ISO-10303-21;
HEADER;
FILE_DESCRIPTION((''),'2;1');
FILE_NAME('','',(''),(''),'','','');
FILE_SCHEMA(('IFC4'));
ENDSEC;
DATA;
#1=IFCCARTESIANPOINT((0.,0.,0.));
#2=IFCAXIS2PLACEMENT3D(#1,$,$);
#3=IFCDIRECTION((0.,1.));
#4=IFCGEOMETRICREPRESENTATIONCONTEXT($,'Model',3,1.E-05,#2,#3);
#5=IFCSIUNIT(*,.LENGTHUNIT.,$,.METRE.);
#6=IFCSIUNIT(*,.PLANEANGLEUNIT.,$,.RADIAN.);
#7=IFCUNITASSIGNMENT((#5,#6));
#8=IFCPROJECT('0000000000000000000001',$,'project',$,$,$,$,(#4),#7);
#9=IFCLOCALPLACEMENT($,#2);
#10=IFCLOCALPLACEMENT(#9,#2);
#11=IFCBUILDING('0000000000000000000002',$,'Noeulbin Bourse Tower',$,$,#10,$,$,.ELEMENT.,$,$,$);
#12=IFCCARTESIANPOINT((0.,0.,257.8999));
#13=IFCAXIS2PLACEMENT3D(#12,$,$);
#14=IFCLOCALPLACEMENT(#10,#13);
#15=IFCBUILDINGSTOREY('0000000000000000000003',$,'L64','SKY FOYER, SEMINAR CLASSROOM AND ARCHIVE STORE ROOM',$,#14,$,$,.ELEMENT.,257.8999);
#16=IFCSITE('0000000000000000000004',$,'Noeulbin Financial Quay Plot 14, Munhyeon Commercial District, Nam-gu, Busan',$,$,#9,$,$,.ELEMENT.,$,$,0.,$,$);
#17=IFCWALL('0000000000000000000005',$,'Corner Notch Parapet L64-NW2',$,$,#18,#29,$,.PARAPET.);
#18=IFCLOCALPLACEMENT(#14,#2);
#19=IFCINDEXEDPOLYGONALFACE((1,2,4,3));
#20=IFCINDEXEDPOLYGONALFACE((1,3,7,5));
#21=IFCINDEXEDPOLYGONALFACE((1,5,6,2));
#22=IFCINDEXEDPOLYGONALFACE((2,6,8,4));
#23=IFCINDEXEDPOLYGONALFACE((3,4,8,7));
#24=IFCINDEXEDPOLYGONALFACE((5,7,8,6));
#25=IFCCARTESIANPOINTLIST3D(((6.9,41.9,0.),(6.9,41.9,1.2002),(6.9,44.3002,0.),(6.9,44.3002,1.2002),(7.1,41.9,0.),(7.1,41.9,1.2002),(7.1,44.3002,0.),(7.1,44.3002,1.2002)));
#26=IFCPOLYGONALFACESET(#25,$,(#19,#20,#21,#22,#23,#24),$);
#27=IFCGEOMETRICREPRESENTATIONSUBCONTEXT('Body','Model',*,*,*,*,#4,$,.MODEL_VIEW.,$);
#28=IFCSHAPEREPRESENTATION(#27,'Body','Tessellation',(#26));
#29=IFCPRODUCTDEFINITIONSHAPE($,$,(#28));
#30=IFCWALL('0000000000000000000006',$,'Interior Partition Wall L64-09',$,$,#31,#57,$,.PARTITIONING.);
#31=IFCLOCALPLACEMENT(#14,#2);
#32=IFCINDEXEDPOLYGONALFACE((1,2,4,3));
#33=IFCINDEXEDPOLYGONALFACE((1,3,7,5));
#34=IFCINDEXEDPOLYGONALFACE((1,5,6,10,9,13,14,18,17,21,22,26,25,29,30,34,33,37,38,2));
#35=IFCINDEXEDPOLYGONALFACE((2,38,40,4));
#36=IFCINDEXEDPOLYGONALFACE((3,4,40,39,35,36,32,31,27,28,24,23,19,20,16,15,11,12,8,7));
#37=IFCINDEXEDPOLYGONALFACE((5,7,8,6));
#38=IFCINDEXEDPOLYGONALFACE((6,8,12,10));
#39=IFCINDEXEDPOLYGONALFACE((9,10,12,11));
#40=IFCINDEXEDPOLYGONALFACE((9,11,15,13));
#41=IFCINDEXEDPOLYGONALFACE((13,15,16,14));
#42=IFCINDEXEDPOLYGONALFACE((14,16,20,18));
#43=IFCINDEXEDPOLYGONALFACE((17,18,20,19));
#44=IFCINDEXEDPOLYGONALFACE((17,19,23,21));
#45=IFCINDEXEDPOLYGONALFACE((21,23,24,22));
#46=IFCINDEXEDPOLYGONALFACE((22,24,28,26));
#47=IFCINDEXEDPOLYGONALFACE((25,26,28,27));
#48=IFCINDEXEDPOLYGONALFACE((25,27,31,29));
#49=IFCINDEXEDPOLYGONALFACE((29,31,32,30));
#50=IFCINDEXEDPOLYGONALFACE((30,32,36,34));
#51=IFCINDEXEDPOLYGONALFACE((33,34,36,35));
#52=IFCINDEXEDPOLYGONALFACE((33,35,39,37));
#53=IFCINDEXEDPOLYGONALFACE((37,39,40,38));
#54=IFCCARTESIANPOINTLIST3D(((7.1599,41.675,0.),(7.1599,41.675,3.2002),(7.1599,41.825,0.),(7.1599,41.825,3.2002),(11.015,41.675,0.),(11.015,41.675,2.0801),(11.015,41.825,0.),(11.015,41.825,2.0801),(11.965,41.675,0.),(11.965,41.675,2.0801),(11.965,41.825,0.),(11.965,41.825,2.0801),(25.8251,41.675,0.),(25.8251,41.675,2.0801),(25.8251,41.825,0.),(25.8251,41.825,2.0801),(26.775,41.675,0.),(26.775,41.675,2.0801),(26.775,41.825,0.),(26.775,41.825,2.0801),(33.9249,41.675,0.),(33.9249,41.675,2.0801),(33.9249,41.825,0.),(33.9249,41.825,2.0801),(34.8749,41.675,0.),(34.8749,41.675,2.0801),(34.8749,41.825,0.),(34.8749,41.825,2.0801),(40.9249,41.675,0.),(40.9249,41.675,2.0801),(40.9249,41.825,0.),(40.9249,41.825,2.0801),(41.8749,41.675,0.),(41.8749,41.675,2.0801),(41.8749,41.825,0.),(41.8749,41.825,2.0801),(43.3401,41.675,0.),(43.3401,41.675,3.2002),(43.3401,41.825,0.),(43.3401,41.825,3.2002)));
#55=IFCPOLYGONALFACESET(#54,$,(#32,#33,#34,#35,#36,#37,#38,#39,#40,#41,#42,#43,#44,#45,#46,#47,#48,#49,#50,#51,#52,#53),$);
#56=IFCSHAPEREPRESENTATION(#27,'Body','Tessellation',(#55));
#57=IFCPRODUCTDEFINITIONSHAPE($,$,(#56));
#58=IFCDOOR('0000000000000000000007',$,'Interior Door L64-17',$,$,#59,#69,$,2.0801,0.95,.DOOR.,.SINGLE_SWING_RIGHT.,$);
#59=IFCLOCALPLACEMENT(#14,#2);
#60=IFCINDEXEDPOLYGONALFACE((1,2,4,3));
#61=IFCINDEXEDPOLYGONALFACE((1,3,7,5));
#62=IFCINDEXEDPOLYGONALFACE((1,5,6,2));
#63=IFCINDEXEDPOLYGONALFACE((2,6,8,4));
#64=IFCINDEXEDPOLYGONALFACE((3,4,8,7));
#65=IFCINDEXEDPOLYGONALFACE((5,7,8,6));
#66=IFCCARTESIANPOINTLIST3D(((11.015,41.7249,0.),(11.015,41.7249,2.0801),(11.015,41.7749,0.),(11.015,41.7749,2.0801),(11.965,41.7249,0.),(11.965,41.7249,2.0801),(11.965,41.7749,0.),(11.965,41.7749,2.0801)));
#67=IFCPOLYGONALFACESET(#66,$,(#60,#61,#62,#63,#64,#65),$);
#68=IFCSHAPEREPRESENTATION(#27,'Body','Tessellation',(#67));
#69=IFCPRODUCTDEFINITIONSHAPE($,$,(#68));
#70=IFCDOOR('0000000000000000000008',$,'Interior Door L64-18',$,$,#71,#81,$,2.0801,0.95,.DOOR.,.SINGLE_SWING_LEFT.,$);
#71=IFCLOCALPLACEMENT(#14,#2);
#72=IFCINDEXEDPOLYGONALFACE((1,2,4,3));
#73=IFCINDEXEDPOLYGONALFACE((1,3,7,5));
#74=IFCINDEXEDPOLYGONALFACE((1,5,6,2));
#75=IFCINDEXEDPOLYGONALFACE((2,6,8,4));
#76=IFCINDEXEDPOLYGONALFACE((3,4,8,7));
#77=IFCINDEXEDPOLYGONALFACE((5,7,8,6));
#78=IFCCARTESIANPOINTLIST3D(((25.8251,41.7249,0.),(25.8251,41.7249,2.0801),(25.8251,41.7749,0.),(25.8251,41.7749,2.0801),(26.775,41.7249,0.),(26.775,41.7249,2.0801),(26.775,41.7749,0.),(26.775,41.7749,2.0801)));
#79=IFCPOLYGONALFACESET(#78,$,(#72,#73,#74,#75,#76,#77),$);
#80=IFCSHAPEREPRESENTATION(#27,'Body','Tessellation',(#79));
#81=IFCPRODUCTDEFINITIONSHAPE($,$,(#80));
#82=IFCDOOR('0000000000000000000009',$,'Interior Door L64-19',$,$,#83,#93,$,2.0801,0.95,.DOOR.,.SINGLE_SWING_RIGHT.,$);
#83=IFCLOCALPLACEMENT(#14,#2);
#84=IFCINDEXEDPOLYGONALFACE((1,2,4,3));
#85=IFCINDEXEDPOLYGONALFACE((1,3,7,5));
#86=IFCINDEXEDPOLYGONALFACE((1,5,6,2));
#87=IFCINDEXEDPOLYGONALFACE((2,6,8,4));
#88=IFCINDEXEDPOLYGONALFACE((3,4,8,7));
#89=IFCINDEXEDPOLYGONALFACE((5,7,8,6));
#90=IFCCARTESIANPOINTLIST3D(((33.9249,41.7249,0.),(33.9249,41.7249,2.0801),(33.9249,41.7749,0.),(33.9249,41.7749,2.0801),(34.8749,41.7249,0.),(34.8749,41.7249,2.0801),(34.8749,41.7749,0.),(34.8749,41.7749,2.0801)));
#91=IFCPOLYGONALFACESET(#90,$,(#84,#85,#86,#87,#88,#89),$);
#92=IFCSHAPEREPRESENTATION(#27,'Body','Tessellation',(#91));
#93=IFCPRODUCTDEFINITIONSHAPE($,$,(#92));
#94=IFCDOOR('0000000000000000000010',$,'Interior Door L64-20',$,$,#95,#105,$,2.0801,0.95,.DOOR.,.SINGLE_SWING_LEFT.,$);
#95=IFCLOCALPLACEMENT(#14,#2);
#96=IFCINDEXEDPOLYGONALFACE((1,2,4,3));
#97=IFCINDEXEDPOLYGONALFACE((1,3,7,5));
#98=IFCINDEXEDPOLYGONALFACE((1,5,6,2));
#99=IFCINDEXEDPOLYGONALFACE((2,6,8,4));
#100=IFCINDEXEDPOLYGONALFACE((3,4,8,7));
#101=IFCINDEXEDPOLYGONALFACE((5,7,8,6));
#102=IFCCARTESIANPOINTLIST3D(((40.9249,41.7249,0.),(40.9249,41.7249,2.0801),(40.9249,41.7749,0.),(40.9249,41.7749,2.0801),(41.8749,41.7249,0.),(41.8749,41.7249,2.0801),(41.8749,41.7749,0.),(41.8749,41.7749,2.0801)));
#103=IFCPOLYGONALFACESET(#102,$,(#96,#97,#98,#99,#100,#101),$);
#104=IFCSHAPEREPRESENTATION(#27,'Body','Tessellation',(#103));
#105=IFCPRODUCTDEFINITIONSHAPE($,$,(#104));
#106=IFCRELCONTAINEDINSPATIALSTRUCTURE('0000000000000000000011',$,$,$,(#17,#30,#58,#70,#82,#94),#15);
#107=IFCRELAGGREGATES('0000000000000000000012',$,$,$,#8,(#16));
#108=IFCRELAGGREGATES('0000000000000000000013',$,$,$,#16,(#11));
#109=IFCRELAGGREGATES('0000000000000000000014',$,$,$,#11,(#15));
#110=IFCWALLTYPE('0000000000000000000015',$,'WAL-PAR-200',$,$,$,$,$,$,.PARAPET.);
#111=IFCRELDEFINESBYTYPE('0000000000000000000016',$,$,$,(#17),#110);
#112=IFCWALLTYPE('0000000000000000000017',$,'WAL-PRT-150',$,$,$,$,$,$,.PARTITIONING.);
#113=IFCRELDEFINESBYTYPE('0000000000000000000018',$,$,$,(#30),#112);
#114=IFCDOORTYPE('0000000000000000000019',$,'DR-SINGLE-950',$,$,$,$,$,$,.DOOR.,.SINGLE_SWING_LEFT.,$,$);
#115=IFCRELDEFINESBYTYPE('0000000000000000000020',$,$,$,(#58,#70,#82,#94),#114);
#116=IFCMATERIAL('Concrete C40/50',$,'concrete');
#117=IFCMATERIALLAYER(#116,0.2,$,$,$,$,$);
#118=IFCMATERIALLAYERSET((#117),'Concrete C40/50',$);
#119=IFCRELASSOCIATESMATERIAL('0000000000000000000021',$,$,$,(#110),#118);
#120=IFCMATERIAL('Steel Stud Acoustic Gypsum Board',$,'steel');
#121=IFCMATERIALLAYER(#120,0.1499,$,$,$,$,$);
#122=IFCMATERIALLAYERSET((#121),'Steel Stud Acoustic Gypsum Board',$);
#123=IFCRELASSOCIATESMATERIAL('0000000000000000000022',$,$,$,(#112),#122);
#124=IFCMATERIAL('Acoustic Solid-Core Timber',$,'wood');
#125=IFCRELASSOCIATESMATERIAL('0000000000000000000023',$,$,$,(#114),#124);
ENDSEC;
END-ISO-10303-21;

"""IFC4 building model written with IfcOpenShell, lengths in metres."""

from ifc_helpers import new_model, si_unit, direction, frame, frame_2d, origin, place, context, subcontext, project, spatial, rectangle, extrude, material, layer, layer_set, type_object, element, fill, save


model = new_model("IFC4")

# Units and contexts
model_context = context("Model", 3, precision=1e-05, world=origin(), true_north=direction((0.0, 1.0)))
body_context = subcontext(model_context, "Body", "Model", "MODEL_VIEW")
ifc_project = project(units=[si_unit("LENGTHUNIT", "METRE"), si_unit("PLANEANGLEUNIT", "RADIAN")], contexts=[model_context])

# Site, building, storey
site_placement = place(None, origin())
site = spatial("IfcSite", under=ifc_project, at=site_placement, Name="Noeulbin Financial Quay Plot 14, Munhyeon Commercial District, Nam-gu, Busan", CompositionType="ELEMENT", RefElevation=0.0)
building_placement = place(site_placement, origin())
building = spatial("IfcBuilding", under=site, at=building_placement, Name="Noeulbin Bourse Tower", CompositionType="ELEMENT")
storey_placement = place(building_placement, frame((0.0, 0.0, 257.8999)))
storey = spatial("IfcBuildingStorey", under=building, at=storey_placement, Name="L64", Description="SKY FOYER, SEMINAR CLASSROOM AND ARCHIVE STORE ROOM", CompositionType="ELEMENT", Elevation=257.8999)

# Wall
ifc_material_1 = material(Name="Concrete C40/50", Category="concrete")
ifc_layer_1 = layer(ifc_material_1, 0.2)
ifc_layer_set_1 = layer_set([ifc_layer_1], Name="Concrete C40/50")
wall_type_1 = type_object("IfcWallType", Name="WAL-PAR-200", PredefinedType="PARAPET", material=ifc_layer_set_1)
wall_1_placement = place(storey_placement, frame((7.0, 41.8999, 0.0), z_axis=(0.0, 0.0, 1.0), x_axis=(0.0, 1.0, 0.0)))
element("IfcWall", 1, at=wall_1_placement, inside=storey, type_object=wall_type_1, Name="Corner Notch Parapet L64-NW2", PredefinedType="PARAPET", context=body_context, shape_type="SweptSolid", body=[
    extrude(rectangle(XDim=2.4001, YDim=0.2, at=frame_2d((1.2002, 0.0))), origin(), (0.0, 0.0, 1.0), 1.2002),
])

# Wall, openings, doors
ifc_material_2 = material(Name="Steel Stud Acoustic Gypsum Board", Category="steel")
ifc_layer_2 = layer(ifc_material_2, 0.1499)
ifc_layer_set_2 = layer_set([ifc_layer_2], Name="Steel Stud Acoustic Gypsum Board")
wall_type_2 = type_object("IfcWallType", Name="WAL-PRT-150", PredefinedType="PARTITIONING", material=ifc_layer_set_2)
wall_2_placement = place(storey_placement, frame((7.1599, 41.75, 0.0), z_axis=(0.0, 0.0, 1.0), x_axis=(1.0, 0.0, 0.0)))
wall_2 = element("IfcWall", 2, at=wall_2_placement, inside=storey, type_object=wall_type_2, Name="Interior Partition Wall L64-09", PredefinedType="PARTITIONING", context=body_context, shape_type="SweptSolid", body=[
    extrude(rectangle(XDim=36.1802, YDim=0.1499, at=frame_2d((18.0901, 0.0))), origin(), (0.0, 0.0, 1.0), 3.2002),
])
opening_1_placement = place(wall_2_placement, frame((3.855, 0.0, 0.0)))
opening_1 = element("IfcOpeningElement", 3, at=opening_1_placement, cuts=wall_2, PredefinedType="OPENING", context=body_context, shape_type="SweptSolid", body=[
    extrude(rectangle(XDim=0.95, YDim=2.0801, at=frame_2d((0.4751, 1.04))), frame((0.0, 0.085, 0.0), z_axis=(0.0, -1.0, 0.0), x_axis=(1.0, 0.0, 0.0)), (0.0, 0.0, 1.0), 0.1699),
])
opening_2_placement = place(wall_2_placement, frame((18.665, 0.0, 0.0)))
opening_2 = element("IfcOpeningElement", 4, at=opening_2_placement, cuts=wall_2, PredefinedType="OPENING", context=body_context, shape_type="SweptSolid", body=[
    extrude(rectangle(XDim=0.95, YDim=2.0801, at=frame_2d((0.4751, 1.04))), frame((0.0, 0.085, 0.0), z_axis=(0.0, -1.0, 0.0), x_axis=(1.0, 0.0, 0.0)), (0.0, 0.0, 1.0), 0.1699),
])
opening_3_placement = place(wall_2_placement, frame((26.7649, 0.0, 0.0)))
opening_3 = element("IfcOpeningElement", 5, at=opening_3_placement, cuts=wall_2, PredefinedType="OPENING", context=body_context, shape_type="SweptSolid", body=[
    extrude(rectangle(XDim=0.95, YDim=2.0801, at=frame_2d((0.4751, 1.04))), frame((0.0, 0.085, 0.0), z_axis=(0.0, -1.0, 0.0), x_axis=(1.0, 0.0, 0.0)), (0.0, 0.0, 1.0), 0.1699),
])
opening_4_placement = place(wall_2_placement, frame((33.7649, 0.0, 0.0)))
opening_4 = element("IfcOpeningElement", 6, at=opening_4_placement, cuts=wall_2, PredefinedType="OPENING", context=body_context, shape_type="SweptSolid", body=[
    extrude(rectangle(XDim=0.95, YDim=2.0801, at=frame_2d((0.4751, 1.04))), frame((0.0, 0.085, 0.0), z_axis=(0.0, -1.0, 0.0), x_axis=(1.0, 0.0, 0.0)), (0.0, 0.0, 1.0), 0.1699),
])
ifc_material_3 = material(Name="Acoustic Solid-Core Timber", Category="wood")
door_type = type_object("IfcDoorType", Name="DR-SINGLE-950", OperationType="SINGLE_SWING_LEFT", PredefinedType="DOOR", material=ifc_material_3)
door_1_placement = place(opening_1_placement, origin())
door_1 = element("IfcDoor", 7, at=door_1_placement, inside=storey, type_object=door_type, Name="Interior Door L64-17", OperationType="SINGLE_SWING_RIGHT", OverallHeight=2.0801, OverallWidth=0.95, PredefinedType="DOOR", context=body_context, shape_type="SweptSolid", body=[
    extrude(rectangle(XDim=0.95, YDim=2.0801, at=frame_2d((0.4751, 1.04))), frame((0.0, 0.0249, 0.0), z_axis=(0.0, -1.0, 0.0), x_axis=(1.0, 0.0, 0.0)), (0.0, 0.0, 1.0), 0.05),
])
fill(opening_1, door_1)
door_2_placement = place(opening_2_placement, origin())
door_2 = element("IfcDoor", 8, at=door_2_placement, inside=storey, type_object=door_type, Name="Interior Door L64-18", OperationType="SINGLE_SWING_LEFT", OverallHeight=2.0801, OverallWidth=0.95, PredefinedType="DOOR", context=body_context, shape_type="SweptSolid", body=[
    extrude(rectangle(XDim=0.95, YDim=2.0801, at=frame_2d((0.4751, 1.04))), frame((0.0, 0.0249, 0.0), z_axis=(0.0, -1.0, 0.0), x_axis=(1.0, 0.0, 0.0)), (0.0, 0.0, 1.0), 0.05),
])
fill(opening_2, door_2)
door_3_placement = place(opening_3_placement, origin())
door_3 = element("IfcDoor", 9, at=door_3_placement, inside=storey, type_object=door_type, Name="Interior Door L64-19", OperationType="SINGLE_SWING_RIGHT", OverallHeight=2.0801, OverallWidth=0.95, PredefinedType="DOOR", context=body_context, shape_type="SweptSolid", body=[
    extrude(rectangle(XDim=0.95, YDim=2.0801, at=frame_2d((0.4751, 1.04))), frame((0.0, 0.0249, 0.0), z_axis=(0.0, -1.0, 0.0), x_axis=(1.0, 0.0, 0.0)), (0.0, 0.0, 1.0), 0.05),
])
fill(opening_3, door_3)
door_4_placement = place(opening_4_placement, origin())
door_4 = element("IfcDoor", 10, at=door_4_placement, inside=storey, type_object=door_type, Name="Interior Door L64-20", OperationType="SINGLE_SWING_LEFT", OverallHeight=2.0801, OverallWidth=0.95, PredefinedType="DOOR", context=body_context, shape_type="SweptSolid", body=[
    extrude(rectangle(XDim=0.95, YDim=2.0801, at=frame_2d((0.4751, 1.04))), frame((0.0, 0.0249, 0.0), z_axis=(0.0, -1.0, 0.0), x_axis=(1.0, 0.0, 0.0)), (0.0, 0.0, 1.0), 0.05),
])
fill(opening_4, door_4)

save(model, "model.ifc")
